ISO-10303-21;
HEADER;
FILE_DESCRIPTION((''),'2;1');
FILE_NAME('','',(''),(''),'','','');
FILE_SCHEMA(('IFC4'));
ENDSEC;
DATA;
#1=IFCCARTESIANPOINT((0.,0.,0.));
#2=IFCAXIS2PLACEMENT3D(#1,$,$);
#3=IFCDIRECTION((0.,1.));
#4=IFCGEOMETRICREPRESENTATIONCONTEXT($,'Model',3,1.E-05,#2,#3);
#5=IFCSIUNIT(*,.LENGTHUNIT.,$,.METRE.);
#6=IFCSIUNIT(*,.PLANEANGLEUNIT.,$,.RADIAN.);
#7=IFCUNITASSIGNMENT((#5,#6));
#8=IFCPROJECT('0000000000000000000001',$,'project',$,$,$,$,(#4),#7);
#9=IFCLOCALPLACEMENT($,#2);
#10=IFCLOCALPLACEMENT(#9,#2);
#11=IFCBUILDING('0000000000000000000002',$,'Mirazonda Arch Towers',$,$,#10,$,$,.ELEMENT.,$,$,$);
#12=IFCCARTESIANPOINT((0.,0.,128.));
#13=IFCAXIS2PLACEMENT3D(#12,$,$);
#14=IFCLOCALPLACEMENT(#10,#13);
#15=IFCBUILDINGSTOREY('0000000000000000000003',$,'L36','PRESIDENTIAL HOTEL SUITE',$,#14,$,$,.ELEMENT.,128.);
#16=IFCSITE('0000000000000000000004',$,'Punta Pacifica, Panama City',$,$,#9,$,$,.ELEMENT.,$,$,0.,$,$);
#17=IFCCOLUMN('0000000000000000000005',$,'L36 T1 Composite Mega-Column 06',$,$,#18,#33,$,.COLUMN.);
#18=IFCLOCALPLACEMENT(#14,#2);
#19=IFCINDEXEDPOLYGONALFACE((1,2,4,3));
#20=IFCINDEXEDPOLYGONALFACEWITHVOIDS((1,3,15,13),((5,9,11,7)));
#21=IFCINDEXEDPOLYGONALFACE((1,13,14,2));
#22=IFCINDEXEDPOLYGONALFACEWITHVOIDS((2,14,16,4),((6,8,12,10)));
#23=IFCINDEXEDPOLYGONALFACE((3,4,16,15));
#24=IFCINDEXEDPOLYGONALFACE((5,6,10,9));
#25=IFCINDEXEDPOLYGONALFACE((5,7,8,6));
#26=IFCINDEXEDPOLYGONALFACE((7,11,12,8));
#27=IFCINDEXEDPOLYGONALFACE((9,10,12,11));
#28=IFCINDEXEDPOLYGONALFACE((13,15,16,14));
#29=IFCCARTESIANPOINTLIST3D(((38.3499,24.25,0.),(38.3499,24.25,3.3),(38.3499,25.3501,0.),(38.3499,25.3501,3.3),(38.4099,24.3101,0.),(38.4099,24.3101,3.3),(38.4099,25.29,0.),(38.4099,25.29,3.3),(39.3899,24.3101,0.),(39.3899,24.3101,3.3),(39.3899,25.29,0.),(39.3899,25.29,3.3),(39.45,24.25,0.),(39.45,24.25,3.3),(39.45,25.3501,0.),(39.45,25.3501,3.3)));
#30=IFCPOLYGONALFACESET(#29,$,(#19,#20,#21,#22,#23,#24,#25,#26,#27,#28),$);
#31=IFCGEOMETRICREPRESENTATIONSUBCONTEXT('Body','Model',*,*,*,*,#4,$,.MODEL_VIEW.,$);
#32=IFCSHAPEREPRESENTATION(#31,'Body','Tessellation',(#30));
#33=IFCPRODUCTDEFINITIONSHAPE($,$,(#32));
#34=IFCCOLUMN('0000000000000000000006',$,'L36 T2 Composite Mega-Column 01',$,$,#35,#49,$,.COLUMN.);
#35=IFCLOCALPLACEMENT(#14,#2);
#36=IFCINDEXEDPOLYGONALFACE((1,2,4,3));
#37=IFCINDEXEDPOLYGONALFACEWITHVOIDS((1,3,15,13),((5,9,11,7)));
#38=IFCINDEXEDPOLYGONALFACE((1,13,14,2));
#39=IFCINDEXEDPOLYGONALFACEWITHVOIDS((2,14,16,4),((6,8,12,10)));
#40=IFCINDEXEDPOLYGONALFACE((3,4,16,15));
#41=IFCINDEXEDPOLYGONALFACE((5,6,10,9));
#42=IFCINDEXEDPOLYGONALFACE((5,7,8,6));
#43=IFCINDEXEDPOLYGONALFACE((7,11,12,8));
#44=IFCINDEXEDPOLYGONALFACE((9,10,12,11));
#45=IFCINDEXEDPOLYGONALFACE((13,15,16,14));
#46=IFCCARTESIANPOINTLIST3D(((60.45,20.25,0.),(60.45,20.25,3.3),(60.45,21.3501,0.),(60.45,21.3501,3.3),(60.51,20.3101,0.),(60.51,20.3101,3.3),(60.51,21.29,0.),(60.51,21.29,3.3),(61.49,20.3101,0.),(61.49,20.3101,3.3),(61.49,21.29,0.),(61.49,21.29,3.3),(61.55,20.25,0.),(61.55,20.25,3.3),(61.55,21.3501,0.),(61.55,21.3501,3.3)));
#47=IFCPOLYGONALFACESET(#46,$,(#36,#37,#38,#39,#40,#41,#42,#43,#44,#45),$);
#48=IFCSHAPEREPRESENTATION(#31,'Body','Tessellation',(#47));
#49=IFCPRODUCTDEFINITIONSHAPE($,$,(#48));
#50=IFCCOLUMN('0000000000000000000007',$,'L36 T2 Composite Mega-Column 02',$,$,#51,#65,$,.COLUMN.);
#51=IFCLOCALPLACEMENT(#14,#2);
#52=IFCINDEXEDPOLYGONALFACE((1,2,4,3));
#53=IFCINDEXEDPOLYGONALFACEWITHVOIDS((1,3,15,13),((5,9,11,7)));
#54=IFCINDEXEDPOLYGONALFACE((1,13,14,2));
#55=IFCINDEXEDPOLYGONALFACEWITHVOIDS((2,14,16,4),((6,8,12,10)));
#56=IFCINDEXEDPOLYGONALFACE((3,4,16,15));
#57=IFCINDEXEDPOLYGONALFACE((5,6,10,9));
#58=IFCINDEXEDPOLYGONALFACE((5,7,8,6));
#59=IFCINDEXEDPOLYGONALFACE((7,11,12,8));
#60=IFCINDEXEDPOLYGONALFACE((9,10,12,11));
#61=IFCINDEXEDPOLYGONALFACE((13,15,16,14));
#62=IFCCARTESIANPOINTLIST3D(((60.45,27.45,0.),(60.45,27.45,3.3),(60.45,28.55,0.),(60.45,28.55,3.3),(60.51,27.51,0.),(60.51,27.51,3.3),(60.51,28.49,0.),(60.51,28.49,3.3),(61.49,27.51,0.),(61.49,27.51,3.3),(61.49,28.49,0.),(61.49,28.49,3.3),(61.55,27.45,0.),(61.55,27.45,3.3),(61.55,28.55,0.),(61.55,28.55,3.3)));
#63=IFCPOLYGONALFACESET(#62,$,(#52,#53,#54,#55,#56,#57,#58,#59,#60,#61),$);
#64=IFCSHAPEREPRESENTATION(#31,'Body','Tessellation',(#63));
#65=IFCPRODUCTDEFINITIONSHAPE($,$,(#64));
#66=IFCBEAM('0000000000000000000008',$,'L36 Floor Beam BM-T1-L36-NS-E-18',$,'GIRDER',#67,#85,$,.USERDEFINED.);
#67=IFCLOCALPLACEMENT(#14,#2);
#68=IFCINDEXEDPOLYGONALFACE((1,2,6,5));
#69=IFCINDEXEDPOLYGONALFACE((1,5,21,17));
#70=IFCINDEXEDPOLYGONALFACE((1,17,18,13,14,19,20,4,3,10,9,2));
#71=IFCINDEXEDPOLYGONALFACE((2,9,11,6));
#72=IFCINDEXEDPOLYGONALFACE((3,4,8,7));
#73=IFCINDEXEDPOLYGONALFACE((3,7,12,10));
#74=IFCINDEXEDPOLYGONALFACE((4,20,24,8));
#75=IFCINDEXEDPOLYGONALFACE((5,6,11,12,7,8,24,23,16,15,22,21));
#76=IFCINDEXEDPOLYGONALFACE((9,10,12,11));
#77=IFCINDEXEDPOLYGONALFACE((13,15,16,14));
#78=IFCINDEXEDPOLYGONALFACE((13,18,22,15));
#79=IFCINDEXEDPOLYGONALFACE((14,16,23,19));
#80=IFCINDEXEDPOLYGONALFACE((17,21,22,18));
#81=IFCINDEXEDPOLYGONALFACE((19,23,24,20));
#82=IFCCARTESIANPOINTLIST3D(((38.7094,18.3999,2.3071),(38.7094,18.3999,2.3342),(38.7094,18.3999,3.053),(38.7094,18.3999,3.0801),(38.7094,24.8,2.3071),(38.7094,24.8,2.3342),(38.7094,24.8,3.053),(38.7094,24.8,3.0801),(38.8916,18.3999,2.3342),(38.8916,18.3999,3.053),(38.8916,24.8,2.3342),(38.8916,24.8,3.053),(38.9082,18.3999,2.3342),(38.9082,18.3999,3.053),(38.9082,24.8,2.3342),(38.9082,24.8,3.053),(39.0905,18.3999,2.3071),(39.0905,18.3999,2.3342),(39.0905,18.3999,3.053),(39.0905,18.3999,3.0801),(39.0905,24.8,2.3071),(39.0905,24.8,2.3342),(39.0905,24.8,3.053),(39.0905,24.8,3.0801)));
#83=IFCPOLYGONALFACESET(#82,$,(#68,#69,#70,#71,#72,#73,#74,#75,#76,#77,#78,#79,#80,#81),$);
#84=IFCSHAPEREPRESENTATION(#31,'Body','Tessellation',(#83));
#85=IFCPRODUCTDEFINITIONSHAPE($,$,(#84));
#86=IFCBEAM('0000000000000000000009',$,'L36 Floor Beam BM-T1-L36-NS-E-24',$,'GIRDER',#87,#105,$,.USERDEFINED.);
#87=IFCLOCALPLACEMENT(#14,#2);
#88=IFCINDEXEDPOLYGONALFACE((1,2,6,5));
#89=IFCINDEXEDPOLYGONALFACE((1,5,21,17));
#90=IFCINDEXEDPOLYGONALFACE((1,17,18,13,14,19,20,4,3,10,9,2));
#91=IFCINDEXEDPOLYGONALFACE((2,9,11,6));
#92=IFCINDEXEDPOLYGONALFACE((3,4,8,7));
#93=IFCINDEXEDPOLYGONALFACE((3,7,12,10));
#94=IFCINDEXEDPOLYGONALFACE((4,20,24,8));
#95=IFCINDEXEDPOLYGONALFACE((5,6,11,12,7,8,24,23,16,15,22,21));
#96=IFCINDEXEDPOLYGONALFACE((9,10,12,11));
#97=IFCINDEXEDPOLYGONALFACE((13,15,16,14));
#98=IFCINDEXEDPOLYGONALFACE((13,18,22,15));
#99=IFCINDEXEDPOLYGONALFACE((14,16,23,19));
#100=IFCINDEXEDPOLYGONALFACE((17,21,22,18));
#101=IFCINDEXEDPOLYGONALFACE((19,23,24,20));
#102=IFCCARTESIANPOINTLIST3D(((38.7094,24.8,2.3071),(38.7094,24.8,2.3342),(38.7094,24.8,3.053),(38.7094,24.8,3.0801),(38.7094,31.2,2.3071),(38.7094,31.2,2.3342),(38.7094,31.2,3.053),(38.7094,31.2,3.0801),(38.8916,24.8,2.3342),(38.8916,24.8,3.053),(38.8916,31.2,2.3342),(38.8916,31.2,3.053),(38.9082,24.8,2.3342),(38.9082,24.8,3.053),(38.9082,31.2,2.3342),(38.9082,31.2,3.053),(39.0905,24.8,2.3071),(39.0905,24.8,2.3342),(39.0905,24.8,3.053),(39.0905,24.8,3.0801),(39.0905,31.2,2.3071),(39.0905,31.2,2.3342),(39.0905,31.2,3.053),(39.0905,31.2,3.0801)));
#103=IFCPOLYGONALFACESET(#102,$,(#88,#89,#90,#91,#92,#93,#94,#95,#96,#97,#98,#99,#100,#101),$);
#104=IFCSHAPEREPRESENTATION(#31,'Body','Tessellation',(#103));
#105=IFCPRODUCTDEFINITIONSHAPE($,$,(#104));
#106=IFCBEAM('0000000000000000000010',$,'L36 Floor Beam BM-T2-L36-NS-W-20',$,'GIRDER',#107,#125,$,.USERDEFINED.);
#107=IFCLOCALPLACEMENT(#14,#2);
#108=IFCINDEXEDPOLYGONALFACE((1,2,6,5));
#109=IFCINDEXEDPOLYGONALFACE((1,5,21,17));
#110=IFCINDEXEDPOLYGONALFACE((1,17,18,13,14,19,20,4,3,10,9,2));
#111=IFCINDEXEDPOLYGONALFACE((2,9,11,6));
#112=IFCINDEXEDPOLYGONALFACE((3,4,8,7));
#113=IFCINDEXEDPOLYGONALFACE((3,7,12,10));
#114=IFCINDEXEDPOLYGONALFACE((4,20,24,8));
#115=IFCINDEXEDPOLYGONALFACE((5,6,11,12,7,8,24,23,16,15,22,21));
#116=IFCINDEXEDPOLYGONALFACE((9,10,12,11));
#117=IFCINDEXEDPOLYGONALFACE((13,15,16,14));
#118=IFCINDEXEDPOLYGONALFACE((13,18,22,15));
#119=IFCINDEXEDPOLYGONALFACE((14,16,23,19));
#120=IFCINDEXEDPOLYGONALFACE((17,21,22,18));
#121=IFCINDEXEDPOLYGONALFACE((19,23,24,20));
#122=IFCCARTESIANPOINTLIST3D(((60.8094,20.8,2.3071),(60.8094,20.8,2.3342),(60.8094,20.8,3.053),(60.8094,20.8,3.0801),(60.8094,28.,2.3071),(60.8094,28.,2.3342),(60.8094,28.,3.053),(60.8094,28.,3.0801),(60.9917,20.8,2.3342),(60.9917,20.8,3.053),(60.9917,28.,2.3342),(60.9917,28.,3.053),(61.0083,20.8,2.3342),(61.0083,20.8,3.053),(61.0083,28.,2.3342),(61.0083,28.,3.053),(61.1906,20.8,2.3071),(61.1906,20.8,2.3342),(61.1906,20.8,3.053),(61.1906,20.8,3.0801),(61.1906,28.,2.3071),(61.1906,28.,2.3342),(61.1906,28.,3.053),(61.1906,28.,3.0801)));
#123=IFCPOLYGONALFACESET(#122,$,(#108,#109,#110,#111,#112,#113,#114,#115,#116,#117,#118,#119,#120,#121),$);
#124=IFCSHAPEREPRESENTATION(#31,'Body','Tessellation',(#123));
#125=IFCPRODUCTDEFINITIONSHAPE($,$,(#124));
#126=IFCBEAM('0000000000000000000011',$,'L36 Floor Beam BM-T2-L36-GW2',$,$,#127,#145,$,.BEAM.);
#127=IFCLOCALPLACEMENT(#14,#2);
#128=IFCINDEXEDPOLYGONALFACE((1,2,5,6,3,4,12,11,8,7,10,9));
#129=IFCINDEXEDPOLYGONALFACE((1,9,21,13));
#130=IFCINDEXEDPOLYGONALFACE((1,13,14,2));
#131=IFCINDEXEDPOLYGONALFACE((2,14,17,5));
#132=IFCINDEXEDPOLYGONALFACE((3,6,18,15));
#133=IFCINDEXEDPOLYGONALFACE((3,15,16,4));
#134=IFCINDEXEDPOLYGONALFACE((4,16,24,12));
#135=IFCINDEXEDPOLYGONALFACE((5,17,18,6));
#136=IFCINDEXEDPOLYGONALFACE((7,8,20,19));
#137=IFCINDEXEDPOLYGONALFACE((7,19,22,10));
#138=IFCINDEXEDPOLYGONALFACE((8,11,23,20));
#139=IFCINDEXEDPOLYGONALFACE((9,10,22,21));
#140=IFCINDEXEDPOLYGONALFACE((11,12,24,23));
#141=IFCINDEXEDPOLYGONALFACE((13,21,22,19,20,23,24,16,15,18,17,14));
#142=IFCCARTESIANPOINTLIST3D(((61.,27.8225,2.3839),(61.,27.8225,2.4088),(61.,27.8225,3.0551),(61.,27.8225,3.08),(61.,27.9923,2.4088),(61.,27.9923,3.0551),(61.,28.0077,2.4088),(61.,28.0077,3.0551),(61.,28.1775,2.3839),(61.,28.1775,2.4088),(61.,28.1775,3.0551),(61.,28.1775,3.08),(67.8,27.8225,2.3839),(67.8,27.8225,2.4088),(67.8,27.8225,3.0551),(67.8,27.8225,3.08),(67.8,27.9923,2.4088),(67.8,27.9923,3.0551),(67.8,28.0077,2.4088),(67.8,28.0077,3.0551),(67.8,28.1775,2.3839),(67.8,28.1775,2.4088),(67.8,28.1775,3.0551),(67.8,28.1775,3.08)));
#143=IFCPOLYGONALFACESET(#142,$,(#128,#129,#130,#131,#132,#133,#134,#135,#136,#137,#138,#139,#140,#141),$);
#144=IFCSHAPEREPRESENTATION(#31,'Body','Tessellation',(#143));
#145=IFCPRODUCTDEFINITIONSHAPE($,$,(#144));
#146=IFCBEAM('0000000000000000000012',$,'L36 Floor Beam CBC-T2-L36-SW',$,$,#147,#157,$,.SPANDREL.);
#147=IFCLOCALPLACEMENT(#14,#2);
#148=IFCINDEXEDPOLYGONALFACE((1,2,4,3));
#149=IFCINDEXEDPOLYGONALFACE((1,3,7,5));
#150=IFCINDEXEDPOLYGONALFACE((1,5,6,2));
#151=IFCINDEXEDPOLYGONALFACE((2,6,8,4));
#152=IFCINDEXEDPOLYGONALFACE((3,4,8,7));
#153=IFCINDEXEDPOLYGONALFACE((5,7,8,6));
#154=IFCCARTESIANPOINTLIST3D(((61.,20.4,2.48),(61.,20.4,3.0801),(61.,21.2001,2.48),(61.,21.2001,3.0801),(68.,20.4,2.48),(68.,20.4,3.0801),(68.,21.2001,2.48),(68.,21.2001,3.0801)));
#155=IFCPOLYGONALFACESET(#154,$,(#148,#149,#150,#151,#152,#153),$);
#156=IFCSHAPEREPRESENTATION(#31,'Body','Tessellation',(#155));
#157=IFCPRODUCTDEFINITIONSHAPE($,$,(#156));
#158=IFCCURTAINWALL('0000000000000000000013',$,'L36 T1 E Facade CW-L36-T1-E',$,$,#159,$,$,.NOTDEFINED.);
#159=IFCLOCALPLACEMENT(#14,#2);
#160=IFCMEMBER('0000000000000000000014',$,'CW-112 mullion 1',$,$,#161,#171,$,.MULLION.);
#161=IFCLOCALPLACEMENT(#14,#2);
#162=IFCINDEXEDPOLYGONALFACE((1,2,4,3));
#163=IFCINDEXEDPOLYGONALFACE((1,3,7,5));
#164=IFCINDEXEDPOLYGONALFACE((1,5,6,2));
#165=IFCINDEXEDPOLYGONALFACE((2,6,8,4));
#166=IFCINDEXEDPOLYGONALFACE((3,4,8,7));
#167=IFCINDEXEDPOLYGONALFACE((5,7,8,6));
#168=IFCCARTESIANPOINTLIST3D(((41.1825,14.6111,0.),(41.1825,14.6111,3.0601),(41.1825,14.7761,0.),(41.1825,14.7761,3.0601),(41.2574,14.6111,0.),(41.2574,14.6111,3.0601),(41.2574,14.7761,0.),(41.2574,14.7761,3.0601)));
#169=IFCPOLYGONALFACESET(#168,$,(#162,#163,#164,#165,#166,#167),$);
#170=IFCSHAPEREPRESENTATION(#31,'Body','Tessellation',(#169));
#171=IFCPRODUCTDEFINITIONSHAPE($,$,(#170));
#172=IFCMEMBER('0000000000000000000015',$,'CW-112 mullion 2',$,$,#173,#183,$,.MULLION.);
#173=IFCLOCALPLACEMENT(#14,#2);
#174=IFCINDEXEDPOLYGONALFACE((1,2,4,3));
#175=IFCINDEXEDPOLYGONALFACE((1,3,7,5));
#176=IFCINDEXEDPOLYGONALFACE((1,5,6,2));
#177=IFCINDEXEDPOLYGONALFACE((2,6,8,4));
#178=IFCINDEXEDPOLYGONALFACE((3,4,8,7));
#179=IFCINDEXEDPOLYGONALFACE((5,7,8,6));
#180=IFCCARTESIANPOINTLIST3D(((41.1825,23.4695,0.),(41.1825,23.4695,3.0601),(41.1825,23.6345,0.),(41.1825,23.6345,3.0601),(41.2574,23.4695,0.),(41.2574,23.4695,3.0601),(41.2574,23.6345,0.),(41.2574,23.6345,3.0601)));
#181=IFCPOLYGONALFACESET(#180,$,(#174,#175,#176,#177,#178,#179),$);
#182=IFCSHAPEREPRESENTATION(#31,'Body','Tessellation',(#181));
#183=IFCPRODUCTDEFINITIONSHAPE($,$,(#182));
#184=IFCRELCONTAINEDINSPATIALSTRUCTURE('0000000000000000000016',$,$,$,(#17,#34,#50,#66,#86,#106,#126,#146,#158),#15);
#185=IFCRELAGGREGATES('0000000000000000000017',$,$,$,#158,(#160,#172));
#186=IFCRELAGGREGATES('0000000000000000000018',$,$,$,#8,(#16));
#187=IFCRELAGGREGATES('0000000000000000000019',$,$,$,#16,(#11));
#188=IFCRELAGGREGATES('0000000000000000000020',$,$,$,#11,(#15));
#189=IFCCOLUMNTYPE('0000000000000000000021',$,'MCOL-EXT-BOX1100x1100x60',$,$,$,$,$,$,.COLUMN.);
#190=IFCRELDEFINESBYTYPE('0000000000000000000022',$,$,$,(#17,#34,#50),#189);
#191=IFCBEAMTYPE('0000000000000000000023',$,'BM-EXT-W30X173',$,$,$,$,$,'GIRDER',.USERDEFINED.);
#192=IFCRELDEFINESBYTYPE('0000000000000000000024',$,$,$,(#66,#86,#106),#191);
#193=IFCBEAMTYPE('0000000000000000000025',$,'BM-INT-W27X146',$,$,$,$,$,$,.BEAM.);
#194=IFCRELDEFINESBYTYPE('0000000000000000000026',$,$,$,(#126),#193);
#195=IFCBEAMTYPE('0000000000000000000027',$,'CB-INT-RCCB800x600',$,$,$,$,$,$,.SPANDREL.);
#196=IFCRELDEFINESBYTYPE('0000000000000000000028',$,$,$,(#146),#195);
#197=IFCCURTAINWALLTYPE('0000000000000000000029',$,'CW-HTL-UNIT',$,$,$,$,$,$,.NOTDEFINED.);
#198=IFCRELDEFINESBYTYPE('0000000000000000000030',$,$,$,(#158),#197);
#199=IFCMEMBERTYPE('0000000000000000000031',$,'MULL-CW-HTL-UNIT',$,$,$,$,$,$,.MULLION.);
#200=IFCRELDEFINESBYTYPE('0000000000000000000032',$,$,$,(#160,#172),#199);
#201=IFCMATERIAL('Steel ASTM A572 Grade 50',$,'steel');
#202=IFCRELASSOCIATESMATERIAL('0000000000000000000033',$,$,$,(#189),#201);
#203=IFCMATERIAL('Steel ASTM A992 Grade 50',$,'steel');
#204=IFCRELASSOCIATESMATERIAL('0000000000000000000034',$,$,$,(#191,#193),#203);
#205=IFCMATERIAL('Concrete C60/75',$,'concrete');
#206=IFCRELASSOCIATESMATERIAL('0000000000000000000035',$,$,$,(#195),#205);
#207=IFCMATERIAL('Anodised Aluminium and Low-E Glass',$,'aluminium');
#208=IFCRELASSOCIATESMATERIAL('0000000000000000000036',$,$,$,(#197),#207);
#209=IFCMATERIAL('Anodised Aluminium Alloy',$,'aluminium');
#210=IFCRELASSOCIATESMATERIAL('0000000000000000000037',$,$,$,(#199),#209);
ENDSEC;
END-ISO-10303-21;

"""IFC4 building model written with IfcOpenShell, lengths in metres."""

from ifc_helpers import new_model, si_unit, direction, frame, origin, origin_2d, place, context, subcontext, project, spatial, rectangle, hollow_rectangle, i_section, extrude, material, material_profile, profile_set, type_object, element, aggregate, save


model = new_model("IFC4")

# Units and contexts
model_context = context("Model", 3, precision=1e-05, world=origin(), true_north=direction((0.0, 1.0)))
body_context = subcontext(model_context, "Body", "Model", "MODEL_VIEW")
ifc_project = project(units=[si_unit("LENGTHUNIT", "METRE"), si_unit("PLANEANGLEUNIT", "RADIAN")], contexts=[model_context])

# Site, building, storey
site_placement = place(None, origin())
site = spatial("IfcSite", under=ifc_project, at=site_placement, Name="Punta Pacifica, Panama City", CompositionType="ELEMENT", RefElevation=0.0)
building_placement = place(site_placement, origin())
building = spatial("IfcBuilding", under=site, at=building_placement, Name="Mirazonda Arch Towers", CompositionType="ELEMENT")
storey_placement = place(building_placement, frame((0.0, 0.0, 128.0)))
storey = spatial("IfcBuildingStorey", under=building, at=storey_placement, Name="L36", Description="PRESIDENTIAL HOTEL SUITE", CompositionType="ELEMENT", Elevation=128.0)

# Columns
ifc_material_1 = material(Name="Steel ASTM A572 Grade 50", Category="steel")
ifc_material_profile_1 = material_profile(ifc_material_1, hollow_rectangle(XDim=1.1001, YDim=1.1001, WallThickness=0.0601, at=origin_2d()), Name="BOX1100x1100x60")
ifc_profile_set_1 = profile_set([ifc_material_profile_1], Name="Steel ASTM A572 Grade 50")
column_type = type_object("IfcColumnType", Name="MCOL-EXT-BOX1100x1100x60", PredefinedType="COLUMN", material=ifc_profile_set_1)
for number, where, z_axis, x_axis, name in (
    (1, (38.8999, 24.8, 0.0), (0.0, 0.0, 1.0), (1.0, 0.0, 0.0), "L36 T1 Composite Mega-Column 06"),
    (2, (61.0, 20.8, 0.0), (0.0, 0.0, 1.0), (1.0, 0.0, 0.0), "L36 T2 Composite Mega-Column 01"),
    (3, (61.0, 28.0, 0.0), (0.0, 0.0, 1.0), (1.0, 0.0, 0.0), "L36 T2 Composite Mega-Column 02"),
):
    element("IfcColumn", number, at=place(storey_placement, frame(where, z_axis=z_axis, x_axis=x_axis)), inside=storey, type_object=column_type, Name=name, PredefinedType="COLUMN", context=body_context, shape_type="SweptSolid", body=[
        extrude(hollow_rectangle(XDim=1.1001, YDim=1.1001, WallThickness=0.0601, at=origin_2d()), origin(), (0.0, 0.0, 1.0), 3.3),
    ])

# Beams
ifc_material_2 = material(Name="Steel ASTM A992 Grade 50", Category="steel")
ifc_material_profile_2 = material_profile(ifc_material_2, i_section(OverallWidth=0.3811, OverallDepth=0.7729, WebThickness=0.0166, FlangeThickness=0.0271, at=origin_2d()), Name="W30X173")
ifc_profile_set_2 = profile_set([ifc_material_profile_2], Name="Steel ASTM A992 Grade 50")
beam_type_1 = type_object("IfcBeamType", Name="BM-EXT-W30X173", ElementType="GIRDER", PredefinedType="USERDEFINED", material=ifc_profile_set_2)
beam_1_placement = place(storey_placement, frame((38.8999, 18.3999, 2.6936), z_axis=(0.0, 1.0, 0.0), x_axis=(-1.0, 0.0, 0.0)))
element("IfcBeam", 4, at=beam_1_placement, inside=storey, type_object=beam_type_1, Name="L36 Floor Beam BM-T1-L36-NS-E-18", ObjectType="GIRDER", PredefinedType="USERDEFINED", context=body_context, shape_type="SweptSolid", body=[
    extrude(i_section(OverallWidth=0.3811, OverallDepth=0.7729, WebThickness=0.0166, FlangeThickness=0.0271, at=origin_2d()), origin(), (0.0, 0.0, 1.0), 6.4001),
])
beam_2_placement = place(storey_placement, frame((38.8999, 24.8, 2.6936), z_axis=(0.0, 1.0, 0.0), x_axis=(-1.0, 0.0, 0.0)))
element("IfcBeam", 5, at=beam_2_placement, inside=storey, type_object=beam_type_1, Name="L36 Floor Beam BM-T1-L36-NS-E-24", ObjectType="GIRDER", PredefinedType="USERDEFINED", context=body_context, shape_type="SweptSolid", body=[
    extrude(i_section(OverallWidth=0.3811, OverallDepth=0.7729, WebThickness=0.0166, FlangeThickness=0.0271, at=origin_2d()), origin(), (0.0, 0.0, 1.0), 6.3999),
])
beam_3_placement = place(storey_placement, frame((61.0, 20.8, 2.6936), z_axis=(0.0, 1.0, 0.0), x_axis=(-1.0, 0.0, 0.0)))
element("IfcBeam", 6, at=beam_3_placement, inside=storey, type_object=beam_type_1, Name="L36 Floor Beam BM-T2-L36-NS-W-20", ObjectType="GIRDER", PredefinedType="USERDEFINED", context=body_context, shape_type="SweptSolid", body=[
    extrude(i_section(OverallWidth=0.3811, OverallDepth=0.7729, WebThickness=0.0166, FlangeThickness=0.0271, at=origin_2d()), origin(), (0.0, 0.0, 1.0), 7.2),
])
ifc_material_profile_3 = material_profile(ifc_material_2, i_section(OverallWidth=0.355, OverallDepth=0.696, WebThickness=0.0154, FlangeThickness=0.0249, at=origin_2d()), Name="W27X146")
ifc_profile_set_3 = profile_set([ifc_material_profile_3], Name="Steel ASTM A992 Grade 50")
beam_type_2 = type_object("IfcBeamType", Name="BM-INT-W27X146", PredefinedType="BEAM", material=ifc_profile_set_3)
beam_4_placement = place(storey_placement, frame((61.0, 28.0, 2.7319), z_axis=(1.0, 0.0, 0.0), x_axis=(0.0, 1.0, 0.0)))
element("IfcBeam", 7, at=beam_4_placement, inside=storey, type_object=beam_type_2, Name="L36 Floor Beam BM-T2-L36-GW2", PredefinedType="BEAM", context=body_context, shape_type="SweptSolid", body=[
    extrude(i_section(OverallWidth=0.355, OverallDepth=0.696, WebThickness=0.0154, FlangeThickness=0.0249, at=origin_2d()), origin(), (0.0, 0.0, 1.0), 6.8),
])
ifc_material_3 = material(Name="Concrete C60/75", Category="concrete")
ifc_material_profile_4 = material_profile(ifc_material_3, rectangle(XDim=0.8, YDim=0.6001, at=origin_2d()), Name="RCCB800x600")
ifc_profile_set_4 = profile_set([ifc_material_profile_4], Name="Concrete C60/75")
beam_type_3 = type_object("IfcBeamType", Name="CB-INT-RCCB800x600", PredefinedType="SPANDREL", material=ifc_profile_set_4)
beam_5_placement = place(storey_placement, frame((61.0, 20.8, 2.78), z_axis=(1.0, 0.0, 0.0), x_axis=(0.0, 1.0, 0.0)))
element("IfcBeam", 8, at=beam_5_placement, inside=storey, type_object=beam_type_3, Name="L36 Floor Beam CBC-T2-L36-SW", PredefinedType="SPANDREL", context=body_context, shape_type="SweptSolid", body=[
    extrude(rectangle(XDim=0.8, YDim=0.6001, at=origin_2d()), origin(), (0.0, 0.0, 1.0), 7.0),
])

# Curtain wall, members
ifc_material_4 = material(Name="Anodised Aluminium and Low-E Glass", Category="aluminium")
curtain_wall_type = type_object("IfcCurtainWallType", Name="CW-HTL-UNIT", PredefinedType="NOTDEFINED", material=ifc_material_4)
curtain_wall_1_placement = place(storey_placement, origin())
curtain_wall_1 = element("IfcCurtainWall", 9, at=curtain_wall_1_placement, inside=storey, type_object=curtain_wall_type, Name="L36 T1 E Facade CW-L36-T1-E", PredefinedType="NOTDEFINED")
ifc_material_5 = material(Name="Anodised Aluminium Alloy", Category="aluminium")
ifc_material_profile_5 = material_profile(ifc_material_5, rectangle(XDim=0.075, YDim=0.165, at=origin_2d()), Name="ALU-MULL-75x165")
ifc_profile_set_5 = profile_set([ifc_material_profile_5], Name="Anodised Aluminium Alloy")
member_type_1 = type_object("IfcMemberType", Name="MULL-CW-HTL-UNIT", PredefinedType="MULLION", material=ifc_profile_set_5)
member_1_placement = place(storey_placement, frame((41.22, 14.6936, 0.0), z_axis=(0.0, 0.0, 1.0), x_axis=(-1.0, 0.0, 0.0)))
member_1 = element("IfcMember", 10, at=member_1_placement, type_object=member_type_1, Name="CW-112 mullion 1", PredefinedType="MULLION", context=body_context, shape_type="SweptSolid", body=[
    extrude(rectangle(XDim=0.075, YDim=0.165, at=origin_2d()), origin(), (0.0, 0.0, 1.0), 3.0601),
])
member_2_placement = place(storey_placement, frame((41.22, 23.552, 0.0), z_axis=(0.0, 0.0, 1.0), x_axis=(-1.0, 0.0, 0.0)))
member_2 = element("IfcMember", 11, at=member_2_placement, type_object=member_type_1, Name="CW-112 mullion 2", PredefinedType="MULLION", context=body_context, shape_type="SweptSolid", body=[
    extrude(rectangle(XDim=0.075, YDim=0.165, at=origin_2d()), origin(), (0.0, 0.0, 1.0), 3.0601),
])

aggregate(curtain_wall_1, [member_1, member_2])

save(model, "model.ifc")
